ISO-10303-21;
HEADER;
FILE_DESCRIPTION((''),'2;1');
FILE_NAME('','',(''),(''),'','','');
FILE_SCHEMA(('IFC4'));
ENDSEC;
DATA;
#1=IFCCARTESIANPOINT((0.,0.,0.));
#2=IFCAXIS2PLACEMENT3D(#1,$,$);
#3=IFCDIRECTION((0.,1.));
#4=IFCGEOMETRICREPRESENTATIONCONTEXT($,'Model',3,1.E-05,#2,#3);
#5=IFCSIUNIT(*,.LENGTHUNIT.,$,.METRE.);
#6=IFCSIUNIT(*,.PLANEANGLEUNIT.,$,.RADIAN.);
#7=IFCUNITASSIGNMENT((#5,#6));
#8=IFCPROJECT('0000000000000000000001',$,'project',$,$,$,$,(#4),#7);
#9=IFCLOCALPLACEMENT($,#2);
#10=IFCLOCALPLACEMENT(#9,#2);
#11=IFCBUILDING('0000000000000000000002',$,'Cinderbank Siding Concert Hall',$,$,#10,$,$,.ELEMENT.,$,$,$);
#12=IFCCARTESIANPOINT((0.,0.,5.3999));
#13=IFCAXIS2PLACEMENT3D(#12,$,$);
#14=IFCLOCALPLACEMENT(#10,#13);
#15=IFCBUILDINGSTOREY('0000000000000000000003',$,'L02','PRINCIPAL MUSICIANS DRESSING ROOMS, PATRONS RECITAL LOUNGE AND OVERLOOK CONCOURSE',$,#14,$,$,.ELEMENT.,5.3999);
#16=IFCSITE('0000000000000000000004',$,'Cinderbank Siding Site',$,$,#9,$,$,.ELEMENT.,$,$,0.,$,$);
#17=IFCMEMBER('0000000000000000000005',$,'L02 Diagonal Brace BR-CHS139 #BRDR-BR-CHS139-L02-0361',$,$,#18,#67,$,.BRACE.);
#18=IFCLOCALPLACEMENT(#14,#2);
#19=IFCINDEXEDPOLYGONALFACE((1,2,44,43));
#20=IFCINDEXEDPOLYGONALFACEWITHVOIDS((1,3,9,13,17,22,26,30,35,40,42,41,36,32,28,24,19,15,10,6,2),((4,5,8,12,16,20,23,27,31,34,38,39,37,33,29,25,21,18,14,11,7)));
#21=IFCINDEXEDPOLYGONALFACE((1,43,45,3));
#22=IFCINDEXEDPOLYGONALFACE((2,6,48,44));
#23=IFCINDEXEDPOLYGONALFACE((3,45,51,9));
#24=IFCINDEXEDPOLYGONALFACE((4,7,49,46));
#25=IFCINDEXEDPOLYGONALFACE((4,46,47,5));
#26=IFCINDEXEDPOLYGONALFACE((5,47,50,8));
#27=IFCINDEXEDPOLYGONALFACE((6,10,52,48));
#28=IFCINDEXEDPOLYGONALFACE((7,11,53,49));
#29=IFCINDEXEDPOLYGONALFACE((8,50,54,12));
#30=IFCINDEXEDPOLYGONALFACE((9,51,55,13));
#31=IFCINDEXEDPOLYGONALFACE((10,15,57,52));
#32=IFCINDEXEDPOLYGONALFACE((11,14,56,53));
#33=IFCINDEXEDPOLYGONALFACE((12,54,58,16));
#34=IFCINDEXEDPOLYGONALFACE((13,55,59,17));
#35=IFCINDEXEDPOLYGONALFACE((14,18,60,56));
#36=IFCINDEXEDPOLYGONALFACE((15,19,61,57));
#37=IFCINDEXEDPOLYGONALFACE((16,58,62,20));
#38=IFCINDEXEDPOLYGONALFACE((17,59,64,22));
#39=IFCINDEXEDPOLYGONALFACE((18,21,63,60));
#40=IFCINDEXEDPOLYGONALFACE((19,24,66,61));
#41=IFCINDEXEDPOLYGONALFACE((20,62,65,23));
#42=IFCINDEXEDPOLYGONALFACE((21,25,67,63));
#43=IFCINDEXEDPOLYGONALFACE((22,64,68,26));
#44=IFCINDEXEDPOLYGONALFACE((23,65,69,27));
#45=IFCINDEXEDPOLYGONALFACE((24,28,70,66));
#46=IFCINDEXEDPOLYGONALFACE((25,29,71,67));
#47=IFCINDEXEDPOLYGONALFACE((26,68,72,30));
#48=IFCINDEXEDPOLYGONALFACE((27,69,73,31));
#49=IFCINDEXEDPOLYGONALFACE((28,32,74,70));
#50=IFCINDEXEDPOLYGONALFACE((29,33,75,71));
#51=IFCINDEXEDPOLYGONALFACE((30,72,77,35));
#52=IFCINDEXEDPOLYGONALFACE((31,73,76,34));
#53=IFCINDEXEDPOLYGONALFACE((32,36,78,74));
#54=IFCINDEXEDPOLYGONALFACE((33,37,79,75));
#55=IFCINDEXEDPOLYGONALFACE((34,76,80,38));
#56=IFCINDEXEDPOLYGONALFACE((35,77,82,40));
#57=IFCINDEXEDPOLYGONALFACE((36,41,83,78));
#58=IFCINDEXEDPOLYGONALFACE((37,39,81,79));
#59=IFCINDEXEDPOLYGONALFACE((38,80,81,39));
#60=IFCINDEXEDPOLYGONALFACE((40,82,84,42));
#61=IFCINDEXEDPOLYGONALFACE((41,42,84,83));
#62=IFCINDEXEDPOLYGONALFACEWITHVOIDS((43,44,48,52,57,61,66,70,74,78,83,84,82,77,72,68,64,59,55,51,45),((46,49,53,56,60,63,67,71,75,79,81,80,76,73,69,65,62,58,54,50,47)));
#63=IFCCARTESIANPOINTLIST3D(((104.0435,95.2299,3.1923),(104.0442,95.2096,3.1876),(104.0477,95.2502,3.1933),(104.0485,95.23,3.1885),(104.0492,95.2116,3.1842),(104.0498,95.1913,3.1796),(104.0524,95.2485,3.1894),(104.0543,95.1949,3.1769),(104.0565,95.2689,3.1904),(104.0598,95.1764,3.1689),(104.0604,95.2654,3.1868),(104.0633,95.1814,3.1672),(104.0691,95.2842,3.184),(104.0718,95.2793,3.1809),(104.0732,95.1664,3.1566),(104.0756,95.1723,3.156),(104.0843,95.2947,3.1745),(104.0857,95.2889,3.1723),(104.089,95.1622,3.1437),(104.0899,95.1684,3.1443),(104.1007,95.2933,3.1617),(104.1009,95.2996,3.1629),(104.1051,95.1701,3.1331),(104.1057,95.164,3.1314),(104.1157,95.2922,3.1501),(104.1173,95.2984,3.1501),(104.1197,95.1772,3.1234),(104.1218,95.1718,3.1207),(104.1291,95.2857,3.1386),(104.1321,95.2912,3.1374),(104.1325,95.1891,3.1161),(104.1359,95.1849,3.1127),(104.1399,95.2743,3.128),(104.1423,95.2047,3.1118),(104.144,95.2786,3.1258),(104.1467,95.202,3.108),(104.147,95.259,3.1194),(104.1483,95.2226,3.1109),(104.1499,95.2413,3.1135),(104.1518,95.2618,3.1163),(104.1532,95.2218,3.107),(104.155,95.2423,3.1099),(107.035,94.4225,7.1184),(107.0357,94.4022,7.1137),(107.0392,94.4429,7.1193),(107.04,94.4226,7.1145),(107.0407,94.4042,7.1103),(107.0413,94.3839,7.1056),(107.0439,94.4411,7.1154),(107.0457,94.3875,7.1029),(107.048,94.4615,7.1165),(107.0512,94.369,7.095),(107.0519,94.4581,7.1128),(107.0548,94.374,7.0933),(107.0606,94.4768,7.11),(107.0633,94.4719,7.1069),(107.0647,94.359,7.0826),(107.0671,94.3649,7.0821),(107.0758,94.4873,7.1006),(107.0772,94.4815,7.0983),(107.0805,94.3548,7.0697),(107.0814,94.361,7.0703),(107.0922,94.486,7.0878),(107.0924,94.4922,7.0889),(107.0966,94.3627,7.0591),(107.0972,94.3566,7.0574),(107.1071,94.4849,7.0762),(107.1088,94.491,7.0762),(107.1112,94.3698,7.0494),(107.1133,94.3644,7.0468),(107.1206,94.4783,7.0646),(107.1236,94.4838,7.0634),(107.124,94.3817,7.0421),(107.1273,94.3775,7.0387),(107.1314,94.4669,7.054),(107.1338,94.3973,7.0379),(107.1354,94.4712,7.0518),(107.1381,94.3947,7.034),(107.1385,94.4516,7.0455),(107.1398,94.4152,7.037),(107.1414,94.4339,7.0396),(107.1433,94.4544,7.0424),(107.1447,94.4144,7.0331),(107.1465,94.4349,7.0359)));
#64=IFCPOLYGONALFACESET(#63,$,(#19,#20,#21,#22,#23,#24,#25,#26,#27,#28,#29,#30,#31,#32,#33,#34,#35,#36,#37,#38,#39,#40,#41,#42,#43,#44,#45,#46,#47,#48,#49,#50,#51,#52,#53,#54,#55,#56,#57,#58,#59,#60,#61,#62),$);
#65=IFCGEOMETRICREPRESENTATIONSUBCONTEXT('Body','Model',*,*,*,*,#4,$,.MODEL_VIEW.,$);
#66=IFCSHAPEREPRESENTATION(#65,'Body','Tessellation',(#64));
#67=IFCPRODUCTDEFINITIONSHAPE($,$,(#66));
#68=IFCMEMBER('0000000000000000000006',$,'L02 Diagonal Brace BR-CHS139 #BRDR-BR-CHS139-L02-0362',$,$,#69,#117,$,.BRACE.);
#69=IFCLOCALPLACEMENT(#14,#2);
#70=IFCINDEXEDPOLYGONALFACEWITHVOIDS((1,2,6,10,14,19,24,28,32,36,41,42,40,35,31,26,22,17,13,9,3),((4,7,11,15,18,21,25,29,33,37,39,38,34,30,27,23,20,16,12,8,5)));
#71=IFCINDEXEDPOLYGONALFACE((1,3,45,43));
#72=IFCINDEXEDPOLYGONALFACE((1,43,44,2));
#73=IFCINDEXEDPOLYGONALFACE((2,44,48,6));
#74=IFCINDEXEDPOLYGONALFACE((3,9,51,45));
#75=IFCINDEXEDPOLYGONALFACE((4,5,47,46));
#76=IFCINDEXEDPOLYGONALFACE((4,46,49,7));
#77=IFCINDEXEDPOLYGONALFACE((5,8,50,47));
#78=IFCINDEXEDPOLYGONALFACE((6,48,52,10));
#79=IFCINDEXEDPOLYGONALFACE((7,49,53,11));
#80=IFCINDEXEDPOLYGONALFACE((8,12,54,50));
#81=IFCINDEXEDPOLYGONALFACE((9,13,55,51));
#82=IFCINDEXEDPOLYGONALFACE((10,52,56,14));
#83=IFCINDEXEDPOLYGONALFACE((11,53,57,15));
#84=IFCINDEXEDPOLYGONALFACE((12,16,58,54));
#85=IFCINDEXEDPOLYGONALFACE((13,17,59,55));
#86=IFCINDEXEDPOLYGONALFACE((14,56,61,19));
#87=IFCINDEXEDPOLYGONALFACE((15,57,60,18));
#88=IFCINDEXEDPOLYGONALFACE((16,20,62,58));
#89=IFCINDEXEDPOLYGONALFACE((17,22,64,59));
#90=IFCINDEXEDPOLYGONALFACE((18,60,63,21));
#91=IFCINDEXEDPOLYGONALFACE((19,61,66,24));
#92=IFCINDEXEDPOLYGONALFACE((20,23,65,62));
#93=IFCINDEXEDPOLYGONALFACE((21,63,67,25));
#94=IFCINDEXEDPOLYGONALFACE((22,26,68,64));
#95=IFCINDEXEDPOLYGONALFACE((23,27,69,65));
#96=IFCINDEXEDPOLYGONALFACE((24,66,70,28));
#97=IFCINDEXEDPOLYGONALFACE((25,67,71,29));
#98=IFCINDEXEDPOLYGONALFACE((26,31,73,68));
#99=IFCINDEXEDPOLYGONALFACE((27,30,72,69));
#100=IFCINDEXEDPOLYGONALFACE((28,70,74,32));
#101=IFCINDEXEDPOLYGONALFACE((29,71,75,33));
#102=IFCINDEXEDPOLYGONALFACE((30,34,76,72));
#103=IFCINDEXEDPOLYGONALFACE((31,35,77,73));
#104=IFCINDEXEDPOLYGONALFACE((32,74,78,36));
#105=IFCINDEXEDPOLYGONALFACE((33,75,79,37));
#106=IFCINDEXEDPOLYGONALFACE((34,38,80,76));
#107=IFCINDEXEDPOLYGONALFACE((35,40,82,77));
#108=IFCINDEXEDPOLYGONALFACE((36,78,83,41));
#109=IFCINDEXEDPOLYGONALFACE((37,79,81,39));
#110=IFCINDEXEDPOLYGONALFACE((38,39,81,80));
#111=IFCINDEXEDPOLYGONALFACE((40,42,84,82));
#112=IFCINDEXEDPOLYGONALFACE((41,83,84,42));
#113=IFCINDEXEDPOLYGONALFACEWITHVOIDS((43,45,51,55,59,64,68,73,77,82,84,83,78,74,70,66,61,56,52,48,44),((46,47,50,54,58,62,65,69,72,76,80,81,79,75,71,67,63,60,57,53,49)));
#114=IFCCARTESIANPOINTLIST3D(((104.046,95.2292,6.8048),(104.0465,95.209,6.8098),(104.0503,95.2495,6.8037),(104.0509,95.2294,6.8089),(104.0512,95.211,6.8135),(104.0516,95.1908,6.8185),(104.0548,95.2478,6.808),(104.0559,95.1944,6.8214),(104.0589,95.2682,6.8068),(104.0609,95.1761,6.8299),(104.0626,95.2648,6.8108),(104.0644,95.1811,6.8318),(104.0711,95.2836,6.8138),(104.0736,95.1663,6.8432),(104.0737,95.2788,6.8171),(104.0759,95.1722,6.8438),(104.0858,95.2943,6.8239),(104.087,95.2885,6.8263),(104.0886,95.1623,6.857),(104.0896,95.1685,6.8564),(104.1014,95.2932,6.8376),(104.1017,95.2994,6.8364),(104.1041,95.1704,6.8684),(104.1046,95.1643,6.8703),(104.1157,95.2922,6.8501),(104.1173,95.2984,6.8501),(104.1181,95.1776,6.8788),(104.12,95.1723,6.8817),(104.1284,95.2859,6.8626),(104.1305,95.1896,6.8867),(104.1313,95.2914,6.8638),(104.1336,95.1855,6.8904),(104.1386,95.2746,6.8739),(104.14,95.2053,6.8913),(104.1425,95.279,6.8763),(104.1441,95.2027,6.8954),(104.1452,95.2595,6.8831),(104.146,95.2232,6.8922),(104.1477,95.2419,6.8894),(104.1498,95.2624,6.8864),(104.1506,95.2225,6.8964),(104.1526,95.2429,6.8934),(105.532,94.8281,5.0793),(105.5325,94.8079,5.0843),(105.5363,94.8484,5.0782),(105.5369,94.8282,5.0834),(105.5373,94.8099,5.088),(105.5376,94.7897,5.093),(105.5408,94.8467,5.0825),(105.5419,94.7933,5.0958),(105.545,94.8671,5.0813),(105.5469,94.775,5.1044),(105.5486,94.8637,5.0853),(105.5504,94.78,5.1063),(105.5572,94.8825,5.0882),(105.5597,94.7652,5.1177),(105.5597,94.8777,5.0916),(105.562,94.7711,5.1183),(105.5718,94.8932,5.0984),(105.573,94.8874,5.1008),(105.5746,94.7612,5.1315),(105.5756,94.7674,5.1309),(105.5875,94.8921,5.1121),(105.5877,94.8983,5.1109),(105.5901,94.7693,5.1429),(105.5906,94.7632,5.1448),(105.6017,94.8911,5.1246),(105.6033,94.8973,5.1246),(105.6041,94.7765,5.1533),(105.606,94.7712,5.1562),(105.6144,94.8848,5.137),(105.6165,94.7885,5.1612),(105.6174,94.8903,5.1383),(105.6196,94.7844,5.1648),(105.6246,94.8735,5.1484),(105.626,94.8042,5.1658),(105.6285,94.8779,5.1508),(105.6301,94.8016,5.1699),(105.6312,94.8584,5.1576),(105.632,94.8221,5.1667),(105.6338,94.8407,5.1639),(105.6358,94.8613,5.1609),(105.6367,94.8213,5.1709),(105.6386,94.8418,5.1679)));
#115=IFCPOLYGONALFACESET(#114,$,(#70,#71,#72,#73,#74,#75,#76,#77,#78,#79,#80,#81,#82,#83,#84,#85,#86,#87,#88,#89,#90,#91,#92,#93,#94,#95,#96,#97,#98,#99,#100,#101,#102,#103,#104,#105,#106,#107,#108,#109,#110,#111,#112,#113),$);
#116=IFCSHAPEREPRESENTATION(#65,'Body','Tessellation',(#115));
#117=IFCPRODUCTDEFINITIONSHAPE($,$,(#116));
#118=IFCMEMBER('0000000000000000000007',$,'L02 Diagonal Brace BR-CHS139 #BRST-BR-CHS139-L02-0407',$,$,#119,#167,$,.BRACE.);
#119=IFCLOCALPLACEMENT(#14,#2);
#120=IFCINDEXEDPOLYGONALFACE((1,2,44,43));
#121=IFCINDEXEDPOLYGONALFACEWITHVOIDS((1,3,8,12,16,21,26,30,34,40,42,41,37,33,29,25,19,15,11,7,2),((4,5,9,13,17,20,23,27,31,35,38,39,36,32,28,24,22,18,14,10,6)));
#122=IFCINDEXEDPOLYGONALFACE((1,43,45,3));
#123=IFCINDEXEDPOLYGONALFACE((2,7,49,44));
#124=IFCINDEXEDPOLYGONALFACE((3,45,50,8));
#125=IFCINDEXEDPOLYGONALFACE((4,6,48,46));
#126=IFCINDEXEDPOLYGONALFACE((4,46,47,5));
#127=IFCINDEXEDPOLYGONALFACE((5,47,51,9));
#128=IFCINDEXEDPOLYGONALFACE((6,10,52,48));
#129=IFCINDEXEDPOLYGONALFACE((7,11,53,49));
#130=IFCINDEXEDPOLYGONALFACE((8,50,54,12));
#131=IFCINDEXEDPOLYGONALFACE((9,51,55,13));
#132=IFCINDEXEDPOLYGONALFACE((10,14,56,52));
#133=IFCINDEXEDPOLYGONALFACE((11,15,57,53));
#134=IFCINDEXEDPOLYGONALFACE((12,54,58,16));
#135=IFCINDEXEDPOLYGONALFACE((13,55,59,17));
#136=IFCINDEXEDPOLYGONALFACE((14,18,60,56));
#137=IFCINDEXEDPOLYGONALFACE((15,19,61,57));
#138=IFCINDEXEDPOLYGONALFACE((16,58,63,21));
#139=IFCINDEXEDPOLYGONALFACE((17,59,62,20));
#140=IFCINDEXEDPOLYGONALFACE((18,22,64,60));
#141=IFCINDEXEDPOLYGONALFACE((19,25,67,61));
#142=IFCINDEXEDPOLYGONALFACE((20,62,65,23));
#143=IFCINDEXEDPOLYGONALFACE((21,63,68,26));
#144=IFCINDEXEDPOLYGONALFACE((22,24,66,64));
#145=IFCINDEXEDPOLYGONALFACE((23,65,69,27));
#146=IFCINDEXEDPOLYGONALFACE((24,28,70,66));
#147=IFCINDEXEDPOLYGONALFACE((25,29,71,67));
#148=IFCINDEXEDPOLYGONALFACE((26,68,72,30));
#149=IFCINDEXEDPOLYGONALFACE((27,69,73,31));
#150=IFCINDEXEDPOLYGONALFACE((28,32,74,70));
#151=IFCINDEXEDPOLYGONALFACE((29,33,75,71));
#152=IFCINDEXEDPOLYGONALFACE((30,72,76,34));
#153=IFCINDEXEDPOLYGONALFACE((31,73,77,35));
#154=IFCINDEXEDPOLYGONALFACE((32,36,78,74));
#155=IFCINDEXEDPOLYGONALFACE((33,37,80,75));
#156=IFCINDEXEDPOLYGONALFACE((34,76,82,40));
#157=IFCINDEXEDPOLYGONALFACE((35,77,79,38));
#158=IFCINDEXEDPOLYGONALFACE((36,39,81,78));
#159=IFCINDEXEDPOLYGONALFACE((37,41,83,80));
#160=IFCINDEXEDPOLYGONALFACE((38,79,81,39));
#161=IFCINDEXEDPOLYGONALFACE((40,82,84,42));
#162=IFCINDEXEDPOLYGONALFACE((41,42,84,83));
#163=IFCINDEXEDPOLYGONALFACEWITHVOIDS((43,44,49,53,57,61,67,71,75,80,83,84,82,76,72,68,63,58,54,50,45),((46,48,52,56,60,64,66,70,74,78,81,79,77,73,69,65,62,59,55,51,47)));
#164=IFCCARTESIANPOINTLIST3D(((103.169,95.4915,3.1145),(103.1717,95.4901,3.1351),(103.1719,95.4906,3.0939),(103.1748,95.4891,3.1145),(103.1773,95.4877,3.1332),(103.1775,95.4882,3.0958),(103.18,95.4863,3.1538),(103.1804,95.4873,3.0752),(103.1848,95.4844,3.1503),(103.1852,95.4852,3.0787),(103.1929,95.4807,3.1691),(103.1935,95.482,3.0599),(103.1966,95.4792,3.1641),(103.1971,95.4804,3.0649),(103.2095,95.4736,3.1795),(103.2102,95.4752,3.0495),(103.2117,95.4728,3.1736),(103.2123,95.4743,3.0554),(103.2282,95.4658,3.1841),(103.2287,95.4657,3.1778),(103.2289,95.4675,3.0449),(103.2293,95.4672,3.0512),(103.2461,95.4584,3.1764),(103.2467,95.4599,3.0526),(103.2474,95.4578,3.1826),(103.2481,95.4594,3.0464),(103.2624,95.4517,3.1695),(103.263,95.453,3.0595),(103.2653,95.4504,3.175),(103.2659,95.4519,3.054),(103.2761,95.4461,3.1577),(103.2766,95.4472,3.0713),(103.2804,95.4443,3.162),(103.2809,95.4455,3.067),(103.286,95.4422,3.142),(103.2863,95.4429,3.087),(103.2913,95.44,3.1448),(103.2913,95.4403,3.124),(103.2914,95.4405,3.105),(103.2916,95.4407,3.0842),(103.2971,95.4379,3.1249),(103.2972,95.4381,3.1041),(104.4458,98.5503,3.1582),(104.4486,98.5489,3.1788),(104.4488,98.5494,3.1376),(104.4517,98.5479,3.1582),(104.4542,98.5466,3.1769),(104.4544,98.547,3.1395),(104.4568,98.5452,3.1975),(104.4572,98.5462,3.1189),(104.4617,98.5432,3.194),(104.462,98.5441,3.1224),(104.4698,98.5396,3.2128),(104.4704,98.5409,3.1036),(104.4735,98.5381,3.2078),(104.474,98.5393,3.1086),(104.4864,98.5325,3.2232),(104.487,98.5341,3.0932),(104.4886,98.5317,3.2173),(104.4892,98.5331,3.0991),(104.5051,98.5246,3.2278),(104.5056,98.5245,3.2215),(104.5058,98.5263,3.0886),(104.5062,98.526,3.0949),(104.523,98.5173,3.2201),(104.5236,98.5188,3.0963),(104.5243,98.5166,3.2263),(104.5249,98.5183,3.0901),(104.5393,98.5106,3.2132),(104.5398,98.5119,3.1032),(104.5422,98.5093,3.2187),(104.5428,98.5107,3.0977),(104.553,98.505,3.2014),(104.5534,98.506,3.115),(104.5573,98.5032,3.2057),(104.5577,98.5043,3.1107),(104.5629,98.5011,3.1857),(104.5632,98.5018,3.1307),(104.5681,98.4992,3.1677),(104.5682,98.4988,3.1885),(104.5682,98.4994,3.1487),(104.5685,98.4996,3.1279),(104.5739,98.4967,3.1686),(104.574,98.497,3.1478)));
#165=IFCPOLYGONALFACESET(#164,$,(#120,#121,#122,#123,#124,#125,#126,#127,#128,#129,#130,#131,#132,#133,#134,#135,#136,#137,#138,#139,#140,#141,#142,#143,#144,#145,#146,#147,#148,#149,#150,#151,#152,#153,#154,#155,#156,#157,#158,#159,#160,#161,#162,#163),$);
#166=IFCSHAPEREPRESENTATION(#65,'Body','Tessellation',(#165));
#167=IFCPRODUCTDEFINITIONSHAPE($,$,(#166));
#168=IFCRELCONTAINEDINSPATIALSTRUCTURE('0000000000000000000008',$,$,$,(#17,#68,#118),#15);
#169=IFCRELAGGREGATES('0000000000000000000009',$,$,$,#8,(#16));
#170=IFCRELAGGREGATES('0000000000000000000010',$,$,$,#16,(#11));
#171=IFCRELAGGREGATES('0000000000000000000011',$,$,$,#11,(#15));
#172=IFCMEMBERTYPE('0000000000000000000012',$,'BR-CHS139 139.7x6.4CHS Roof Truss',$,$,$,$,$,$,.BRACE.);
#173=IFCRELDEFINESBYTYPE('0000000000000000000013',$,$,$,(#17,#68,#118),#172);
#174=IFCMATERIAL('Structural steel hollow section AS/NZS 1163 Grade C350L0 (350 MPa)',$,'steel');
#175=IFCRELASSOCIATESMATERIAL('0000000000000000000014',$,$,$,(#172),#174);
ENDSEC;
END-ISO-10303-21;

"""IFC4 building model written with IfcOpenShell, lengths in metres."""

from ifc_helpers import new_model, si_unit, direction, frame, origin, origin_2d, place, context, subcontext, project, spatial, hollow_circle, extrude, material, material_profile, profile_set, type_object, element, save


model = new_model("IFC4")

# Units and contexts
model_context = context("Model", 3, precision=1e-05, world=origin(), true_north=direction((0.0, 1.0)))
body_context = subcontext(model_context, "Body", "Model", "MODEL_VIEW")
ifc_project = project(units=[si_unit("LENGTHUNIT", "METRE"), si_unit("PLANEANGLEUNIT", "RADIAN")], contexts=[model_context])

# Site, building, storey
site_placement = place(None, origin())
site = spatial("IfcSite", under=ifc_project, at=site_placement, Name="Cinderbank Siding Site", CompositionType="ELEMENT", RefElevation=0.0)
building_placement = place(site_placement, origin())
building = spatial("IfcBuilding", under=site, at=building_placement, Name="Cinderbank Siding Concert Hall", CompositionType="ELEMENT")
storey_placement = place(building_placement, frame((0.0, 0.0, 5.3999)))
storey = spatial("IfcBuildingStorey", under=building, at=storey_placement, Name="L02", Description="PRINCIPAL MUSICIANS DRESSING ROOMS, PATRONS RECITAL LOUNGE AND OVERLOOK CONCOURSE", CompositionType="ELEMENT", Elevation=5.3999)

# Members
ifc_material_1 = material(Name="Structural steel hollow section AS/NZS 1163 Grade C350L0 (350 MPa)", Category="steel")
ifc_material_profile_1 = material_profile(ifc_material_1, hollow_circle(Radius=0.0698, WallThickness=0.0063, at=origin_2d()), Name="139.7x6.4CHS", Category="LoadBearing")
ifc_profile_set_1 = profile_set([ifc_material_profile_1], Name="Structural steel hollow section AS/NZS 1163 Grade C350L0 (350 MPa)")
member_type_1 = type_object("IfcMemberType", Name="BR-CHS139 139.7x6.4CHS Roof Truss", PredefinedType="BRACE", material=ifc_profile_set_1)
member_1_placement = place(storey_placement, frame((104.0991, 95.231, 3.1501), z_axis=(0.59812, -0.161428, 0.78498), x_axis=(0.26057, 0.965455, 0.0)))
element("IfcMember", 1, at=member_1_placement, inside=storey, type_object=member_type_1, Name="L02 Diagonal Brace BR-CHS139 #BRDR-BR-CHS139-L02-0361", PredefinedType="BRACE", context=body_context, shape_type="SweptSolid", body=[
    extrude(hollow_circle(Radius=0.0698, WallThickness=0.0063, at=origin_2d()), origin(), (0.0, 0.0, 1.0), 5.0015),
])
member_2_placement = place(storey_placement, frame((104.0991, 95.231, 6.8501), z_axis=(0.642671, -0.173469, -0.746246), x_axis=(0.260593, 0.965449, 0.0)))
element("IfcMember", 2, at=member_2_placement, inside=storey, type_object=member_type_1, Name="L02 Diagonal Brace BR-CHS139 #BRDR-BR-CHS139-L02-0362", PredefinedType="BRACE", context=body_context, shape_type="SweptSolid", body=[
    extrude(hollow_circle(Radius=0.0698, WallThickness=0.0063, at=origin_2d()), origin(), (0.0, 0.0, 1.0), 2.3123),
])
member_3_placement = place(storey_placement, frame((103.2334, 95.4646, 3.1145), z_axis=(0.385183, 0.922746, 0.013183), x_axis=(-0.922826, 0.385217, 0.0)))
element("IfcMember", 3, at=member_3_placement, inside=storey, type_object=member_type_1, Name="L02 Diagonal Brace BR-CHS139 #BRST-BR-CHS139-L02-0407", PredefinedType="BRACE", context=body_context, shape_type="SweptSolid", body=[
    extrude(hollow_circle(Radius=0.0698, WallThickness=0.0063, at=origin_2d()), origin(), (0.0, 0.0, 1.0), 3.3149),
])

save(model, "model.ifc")
